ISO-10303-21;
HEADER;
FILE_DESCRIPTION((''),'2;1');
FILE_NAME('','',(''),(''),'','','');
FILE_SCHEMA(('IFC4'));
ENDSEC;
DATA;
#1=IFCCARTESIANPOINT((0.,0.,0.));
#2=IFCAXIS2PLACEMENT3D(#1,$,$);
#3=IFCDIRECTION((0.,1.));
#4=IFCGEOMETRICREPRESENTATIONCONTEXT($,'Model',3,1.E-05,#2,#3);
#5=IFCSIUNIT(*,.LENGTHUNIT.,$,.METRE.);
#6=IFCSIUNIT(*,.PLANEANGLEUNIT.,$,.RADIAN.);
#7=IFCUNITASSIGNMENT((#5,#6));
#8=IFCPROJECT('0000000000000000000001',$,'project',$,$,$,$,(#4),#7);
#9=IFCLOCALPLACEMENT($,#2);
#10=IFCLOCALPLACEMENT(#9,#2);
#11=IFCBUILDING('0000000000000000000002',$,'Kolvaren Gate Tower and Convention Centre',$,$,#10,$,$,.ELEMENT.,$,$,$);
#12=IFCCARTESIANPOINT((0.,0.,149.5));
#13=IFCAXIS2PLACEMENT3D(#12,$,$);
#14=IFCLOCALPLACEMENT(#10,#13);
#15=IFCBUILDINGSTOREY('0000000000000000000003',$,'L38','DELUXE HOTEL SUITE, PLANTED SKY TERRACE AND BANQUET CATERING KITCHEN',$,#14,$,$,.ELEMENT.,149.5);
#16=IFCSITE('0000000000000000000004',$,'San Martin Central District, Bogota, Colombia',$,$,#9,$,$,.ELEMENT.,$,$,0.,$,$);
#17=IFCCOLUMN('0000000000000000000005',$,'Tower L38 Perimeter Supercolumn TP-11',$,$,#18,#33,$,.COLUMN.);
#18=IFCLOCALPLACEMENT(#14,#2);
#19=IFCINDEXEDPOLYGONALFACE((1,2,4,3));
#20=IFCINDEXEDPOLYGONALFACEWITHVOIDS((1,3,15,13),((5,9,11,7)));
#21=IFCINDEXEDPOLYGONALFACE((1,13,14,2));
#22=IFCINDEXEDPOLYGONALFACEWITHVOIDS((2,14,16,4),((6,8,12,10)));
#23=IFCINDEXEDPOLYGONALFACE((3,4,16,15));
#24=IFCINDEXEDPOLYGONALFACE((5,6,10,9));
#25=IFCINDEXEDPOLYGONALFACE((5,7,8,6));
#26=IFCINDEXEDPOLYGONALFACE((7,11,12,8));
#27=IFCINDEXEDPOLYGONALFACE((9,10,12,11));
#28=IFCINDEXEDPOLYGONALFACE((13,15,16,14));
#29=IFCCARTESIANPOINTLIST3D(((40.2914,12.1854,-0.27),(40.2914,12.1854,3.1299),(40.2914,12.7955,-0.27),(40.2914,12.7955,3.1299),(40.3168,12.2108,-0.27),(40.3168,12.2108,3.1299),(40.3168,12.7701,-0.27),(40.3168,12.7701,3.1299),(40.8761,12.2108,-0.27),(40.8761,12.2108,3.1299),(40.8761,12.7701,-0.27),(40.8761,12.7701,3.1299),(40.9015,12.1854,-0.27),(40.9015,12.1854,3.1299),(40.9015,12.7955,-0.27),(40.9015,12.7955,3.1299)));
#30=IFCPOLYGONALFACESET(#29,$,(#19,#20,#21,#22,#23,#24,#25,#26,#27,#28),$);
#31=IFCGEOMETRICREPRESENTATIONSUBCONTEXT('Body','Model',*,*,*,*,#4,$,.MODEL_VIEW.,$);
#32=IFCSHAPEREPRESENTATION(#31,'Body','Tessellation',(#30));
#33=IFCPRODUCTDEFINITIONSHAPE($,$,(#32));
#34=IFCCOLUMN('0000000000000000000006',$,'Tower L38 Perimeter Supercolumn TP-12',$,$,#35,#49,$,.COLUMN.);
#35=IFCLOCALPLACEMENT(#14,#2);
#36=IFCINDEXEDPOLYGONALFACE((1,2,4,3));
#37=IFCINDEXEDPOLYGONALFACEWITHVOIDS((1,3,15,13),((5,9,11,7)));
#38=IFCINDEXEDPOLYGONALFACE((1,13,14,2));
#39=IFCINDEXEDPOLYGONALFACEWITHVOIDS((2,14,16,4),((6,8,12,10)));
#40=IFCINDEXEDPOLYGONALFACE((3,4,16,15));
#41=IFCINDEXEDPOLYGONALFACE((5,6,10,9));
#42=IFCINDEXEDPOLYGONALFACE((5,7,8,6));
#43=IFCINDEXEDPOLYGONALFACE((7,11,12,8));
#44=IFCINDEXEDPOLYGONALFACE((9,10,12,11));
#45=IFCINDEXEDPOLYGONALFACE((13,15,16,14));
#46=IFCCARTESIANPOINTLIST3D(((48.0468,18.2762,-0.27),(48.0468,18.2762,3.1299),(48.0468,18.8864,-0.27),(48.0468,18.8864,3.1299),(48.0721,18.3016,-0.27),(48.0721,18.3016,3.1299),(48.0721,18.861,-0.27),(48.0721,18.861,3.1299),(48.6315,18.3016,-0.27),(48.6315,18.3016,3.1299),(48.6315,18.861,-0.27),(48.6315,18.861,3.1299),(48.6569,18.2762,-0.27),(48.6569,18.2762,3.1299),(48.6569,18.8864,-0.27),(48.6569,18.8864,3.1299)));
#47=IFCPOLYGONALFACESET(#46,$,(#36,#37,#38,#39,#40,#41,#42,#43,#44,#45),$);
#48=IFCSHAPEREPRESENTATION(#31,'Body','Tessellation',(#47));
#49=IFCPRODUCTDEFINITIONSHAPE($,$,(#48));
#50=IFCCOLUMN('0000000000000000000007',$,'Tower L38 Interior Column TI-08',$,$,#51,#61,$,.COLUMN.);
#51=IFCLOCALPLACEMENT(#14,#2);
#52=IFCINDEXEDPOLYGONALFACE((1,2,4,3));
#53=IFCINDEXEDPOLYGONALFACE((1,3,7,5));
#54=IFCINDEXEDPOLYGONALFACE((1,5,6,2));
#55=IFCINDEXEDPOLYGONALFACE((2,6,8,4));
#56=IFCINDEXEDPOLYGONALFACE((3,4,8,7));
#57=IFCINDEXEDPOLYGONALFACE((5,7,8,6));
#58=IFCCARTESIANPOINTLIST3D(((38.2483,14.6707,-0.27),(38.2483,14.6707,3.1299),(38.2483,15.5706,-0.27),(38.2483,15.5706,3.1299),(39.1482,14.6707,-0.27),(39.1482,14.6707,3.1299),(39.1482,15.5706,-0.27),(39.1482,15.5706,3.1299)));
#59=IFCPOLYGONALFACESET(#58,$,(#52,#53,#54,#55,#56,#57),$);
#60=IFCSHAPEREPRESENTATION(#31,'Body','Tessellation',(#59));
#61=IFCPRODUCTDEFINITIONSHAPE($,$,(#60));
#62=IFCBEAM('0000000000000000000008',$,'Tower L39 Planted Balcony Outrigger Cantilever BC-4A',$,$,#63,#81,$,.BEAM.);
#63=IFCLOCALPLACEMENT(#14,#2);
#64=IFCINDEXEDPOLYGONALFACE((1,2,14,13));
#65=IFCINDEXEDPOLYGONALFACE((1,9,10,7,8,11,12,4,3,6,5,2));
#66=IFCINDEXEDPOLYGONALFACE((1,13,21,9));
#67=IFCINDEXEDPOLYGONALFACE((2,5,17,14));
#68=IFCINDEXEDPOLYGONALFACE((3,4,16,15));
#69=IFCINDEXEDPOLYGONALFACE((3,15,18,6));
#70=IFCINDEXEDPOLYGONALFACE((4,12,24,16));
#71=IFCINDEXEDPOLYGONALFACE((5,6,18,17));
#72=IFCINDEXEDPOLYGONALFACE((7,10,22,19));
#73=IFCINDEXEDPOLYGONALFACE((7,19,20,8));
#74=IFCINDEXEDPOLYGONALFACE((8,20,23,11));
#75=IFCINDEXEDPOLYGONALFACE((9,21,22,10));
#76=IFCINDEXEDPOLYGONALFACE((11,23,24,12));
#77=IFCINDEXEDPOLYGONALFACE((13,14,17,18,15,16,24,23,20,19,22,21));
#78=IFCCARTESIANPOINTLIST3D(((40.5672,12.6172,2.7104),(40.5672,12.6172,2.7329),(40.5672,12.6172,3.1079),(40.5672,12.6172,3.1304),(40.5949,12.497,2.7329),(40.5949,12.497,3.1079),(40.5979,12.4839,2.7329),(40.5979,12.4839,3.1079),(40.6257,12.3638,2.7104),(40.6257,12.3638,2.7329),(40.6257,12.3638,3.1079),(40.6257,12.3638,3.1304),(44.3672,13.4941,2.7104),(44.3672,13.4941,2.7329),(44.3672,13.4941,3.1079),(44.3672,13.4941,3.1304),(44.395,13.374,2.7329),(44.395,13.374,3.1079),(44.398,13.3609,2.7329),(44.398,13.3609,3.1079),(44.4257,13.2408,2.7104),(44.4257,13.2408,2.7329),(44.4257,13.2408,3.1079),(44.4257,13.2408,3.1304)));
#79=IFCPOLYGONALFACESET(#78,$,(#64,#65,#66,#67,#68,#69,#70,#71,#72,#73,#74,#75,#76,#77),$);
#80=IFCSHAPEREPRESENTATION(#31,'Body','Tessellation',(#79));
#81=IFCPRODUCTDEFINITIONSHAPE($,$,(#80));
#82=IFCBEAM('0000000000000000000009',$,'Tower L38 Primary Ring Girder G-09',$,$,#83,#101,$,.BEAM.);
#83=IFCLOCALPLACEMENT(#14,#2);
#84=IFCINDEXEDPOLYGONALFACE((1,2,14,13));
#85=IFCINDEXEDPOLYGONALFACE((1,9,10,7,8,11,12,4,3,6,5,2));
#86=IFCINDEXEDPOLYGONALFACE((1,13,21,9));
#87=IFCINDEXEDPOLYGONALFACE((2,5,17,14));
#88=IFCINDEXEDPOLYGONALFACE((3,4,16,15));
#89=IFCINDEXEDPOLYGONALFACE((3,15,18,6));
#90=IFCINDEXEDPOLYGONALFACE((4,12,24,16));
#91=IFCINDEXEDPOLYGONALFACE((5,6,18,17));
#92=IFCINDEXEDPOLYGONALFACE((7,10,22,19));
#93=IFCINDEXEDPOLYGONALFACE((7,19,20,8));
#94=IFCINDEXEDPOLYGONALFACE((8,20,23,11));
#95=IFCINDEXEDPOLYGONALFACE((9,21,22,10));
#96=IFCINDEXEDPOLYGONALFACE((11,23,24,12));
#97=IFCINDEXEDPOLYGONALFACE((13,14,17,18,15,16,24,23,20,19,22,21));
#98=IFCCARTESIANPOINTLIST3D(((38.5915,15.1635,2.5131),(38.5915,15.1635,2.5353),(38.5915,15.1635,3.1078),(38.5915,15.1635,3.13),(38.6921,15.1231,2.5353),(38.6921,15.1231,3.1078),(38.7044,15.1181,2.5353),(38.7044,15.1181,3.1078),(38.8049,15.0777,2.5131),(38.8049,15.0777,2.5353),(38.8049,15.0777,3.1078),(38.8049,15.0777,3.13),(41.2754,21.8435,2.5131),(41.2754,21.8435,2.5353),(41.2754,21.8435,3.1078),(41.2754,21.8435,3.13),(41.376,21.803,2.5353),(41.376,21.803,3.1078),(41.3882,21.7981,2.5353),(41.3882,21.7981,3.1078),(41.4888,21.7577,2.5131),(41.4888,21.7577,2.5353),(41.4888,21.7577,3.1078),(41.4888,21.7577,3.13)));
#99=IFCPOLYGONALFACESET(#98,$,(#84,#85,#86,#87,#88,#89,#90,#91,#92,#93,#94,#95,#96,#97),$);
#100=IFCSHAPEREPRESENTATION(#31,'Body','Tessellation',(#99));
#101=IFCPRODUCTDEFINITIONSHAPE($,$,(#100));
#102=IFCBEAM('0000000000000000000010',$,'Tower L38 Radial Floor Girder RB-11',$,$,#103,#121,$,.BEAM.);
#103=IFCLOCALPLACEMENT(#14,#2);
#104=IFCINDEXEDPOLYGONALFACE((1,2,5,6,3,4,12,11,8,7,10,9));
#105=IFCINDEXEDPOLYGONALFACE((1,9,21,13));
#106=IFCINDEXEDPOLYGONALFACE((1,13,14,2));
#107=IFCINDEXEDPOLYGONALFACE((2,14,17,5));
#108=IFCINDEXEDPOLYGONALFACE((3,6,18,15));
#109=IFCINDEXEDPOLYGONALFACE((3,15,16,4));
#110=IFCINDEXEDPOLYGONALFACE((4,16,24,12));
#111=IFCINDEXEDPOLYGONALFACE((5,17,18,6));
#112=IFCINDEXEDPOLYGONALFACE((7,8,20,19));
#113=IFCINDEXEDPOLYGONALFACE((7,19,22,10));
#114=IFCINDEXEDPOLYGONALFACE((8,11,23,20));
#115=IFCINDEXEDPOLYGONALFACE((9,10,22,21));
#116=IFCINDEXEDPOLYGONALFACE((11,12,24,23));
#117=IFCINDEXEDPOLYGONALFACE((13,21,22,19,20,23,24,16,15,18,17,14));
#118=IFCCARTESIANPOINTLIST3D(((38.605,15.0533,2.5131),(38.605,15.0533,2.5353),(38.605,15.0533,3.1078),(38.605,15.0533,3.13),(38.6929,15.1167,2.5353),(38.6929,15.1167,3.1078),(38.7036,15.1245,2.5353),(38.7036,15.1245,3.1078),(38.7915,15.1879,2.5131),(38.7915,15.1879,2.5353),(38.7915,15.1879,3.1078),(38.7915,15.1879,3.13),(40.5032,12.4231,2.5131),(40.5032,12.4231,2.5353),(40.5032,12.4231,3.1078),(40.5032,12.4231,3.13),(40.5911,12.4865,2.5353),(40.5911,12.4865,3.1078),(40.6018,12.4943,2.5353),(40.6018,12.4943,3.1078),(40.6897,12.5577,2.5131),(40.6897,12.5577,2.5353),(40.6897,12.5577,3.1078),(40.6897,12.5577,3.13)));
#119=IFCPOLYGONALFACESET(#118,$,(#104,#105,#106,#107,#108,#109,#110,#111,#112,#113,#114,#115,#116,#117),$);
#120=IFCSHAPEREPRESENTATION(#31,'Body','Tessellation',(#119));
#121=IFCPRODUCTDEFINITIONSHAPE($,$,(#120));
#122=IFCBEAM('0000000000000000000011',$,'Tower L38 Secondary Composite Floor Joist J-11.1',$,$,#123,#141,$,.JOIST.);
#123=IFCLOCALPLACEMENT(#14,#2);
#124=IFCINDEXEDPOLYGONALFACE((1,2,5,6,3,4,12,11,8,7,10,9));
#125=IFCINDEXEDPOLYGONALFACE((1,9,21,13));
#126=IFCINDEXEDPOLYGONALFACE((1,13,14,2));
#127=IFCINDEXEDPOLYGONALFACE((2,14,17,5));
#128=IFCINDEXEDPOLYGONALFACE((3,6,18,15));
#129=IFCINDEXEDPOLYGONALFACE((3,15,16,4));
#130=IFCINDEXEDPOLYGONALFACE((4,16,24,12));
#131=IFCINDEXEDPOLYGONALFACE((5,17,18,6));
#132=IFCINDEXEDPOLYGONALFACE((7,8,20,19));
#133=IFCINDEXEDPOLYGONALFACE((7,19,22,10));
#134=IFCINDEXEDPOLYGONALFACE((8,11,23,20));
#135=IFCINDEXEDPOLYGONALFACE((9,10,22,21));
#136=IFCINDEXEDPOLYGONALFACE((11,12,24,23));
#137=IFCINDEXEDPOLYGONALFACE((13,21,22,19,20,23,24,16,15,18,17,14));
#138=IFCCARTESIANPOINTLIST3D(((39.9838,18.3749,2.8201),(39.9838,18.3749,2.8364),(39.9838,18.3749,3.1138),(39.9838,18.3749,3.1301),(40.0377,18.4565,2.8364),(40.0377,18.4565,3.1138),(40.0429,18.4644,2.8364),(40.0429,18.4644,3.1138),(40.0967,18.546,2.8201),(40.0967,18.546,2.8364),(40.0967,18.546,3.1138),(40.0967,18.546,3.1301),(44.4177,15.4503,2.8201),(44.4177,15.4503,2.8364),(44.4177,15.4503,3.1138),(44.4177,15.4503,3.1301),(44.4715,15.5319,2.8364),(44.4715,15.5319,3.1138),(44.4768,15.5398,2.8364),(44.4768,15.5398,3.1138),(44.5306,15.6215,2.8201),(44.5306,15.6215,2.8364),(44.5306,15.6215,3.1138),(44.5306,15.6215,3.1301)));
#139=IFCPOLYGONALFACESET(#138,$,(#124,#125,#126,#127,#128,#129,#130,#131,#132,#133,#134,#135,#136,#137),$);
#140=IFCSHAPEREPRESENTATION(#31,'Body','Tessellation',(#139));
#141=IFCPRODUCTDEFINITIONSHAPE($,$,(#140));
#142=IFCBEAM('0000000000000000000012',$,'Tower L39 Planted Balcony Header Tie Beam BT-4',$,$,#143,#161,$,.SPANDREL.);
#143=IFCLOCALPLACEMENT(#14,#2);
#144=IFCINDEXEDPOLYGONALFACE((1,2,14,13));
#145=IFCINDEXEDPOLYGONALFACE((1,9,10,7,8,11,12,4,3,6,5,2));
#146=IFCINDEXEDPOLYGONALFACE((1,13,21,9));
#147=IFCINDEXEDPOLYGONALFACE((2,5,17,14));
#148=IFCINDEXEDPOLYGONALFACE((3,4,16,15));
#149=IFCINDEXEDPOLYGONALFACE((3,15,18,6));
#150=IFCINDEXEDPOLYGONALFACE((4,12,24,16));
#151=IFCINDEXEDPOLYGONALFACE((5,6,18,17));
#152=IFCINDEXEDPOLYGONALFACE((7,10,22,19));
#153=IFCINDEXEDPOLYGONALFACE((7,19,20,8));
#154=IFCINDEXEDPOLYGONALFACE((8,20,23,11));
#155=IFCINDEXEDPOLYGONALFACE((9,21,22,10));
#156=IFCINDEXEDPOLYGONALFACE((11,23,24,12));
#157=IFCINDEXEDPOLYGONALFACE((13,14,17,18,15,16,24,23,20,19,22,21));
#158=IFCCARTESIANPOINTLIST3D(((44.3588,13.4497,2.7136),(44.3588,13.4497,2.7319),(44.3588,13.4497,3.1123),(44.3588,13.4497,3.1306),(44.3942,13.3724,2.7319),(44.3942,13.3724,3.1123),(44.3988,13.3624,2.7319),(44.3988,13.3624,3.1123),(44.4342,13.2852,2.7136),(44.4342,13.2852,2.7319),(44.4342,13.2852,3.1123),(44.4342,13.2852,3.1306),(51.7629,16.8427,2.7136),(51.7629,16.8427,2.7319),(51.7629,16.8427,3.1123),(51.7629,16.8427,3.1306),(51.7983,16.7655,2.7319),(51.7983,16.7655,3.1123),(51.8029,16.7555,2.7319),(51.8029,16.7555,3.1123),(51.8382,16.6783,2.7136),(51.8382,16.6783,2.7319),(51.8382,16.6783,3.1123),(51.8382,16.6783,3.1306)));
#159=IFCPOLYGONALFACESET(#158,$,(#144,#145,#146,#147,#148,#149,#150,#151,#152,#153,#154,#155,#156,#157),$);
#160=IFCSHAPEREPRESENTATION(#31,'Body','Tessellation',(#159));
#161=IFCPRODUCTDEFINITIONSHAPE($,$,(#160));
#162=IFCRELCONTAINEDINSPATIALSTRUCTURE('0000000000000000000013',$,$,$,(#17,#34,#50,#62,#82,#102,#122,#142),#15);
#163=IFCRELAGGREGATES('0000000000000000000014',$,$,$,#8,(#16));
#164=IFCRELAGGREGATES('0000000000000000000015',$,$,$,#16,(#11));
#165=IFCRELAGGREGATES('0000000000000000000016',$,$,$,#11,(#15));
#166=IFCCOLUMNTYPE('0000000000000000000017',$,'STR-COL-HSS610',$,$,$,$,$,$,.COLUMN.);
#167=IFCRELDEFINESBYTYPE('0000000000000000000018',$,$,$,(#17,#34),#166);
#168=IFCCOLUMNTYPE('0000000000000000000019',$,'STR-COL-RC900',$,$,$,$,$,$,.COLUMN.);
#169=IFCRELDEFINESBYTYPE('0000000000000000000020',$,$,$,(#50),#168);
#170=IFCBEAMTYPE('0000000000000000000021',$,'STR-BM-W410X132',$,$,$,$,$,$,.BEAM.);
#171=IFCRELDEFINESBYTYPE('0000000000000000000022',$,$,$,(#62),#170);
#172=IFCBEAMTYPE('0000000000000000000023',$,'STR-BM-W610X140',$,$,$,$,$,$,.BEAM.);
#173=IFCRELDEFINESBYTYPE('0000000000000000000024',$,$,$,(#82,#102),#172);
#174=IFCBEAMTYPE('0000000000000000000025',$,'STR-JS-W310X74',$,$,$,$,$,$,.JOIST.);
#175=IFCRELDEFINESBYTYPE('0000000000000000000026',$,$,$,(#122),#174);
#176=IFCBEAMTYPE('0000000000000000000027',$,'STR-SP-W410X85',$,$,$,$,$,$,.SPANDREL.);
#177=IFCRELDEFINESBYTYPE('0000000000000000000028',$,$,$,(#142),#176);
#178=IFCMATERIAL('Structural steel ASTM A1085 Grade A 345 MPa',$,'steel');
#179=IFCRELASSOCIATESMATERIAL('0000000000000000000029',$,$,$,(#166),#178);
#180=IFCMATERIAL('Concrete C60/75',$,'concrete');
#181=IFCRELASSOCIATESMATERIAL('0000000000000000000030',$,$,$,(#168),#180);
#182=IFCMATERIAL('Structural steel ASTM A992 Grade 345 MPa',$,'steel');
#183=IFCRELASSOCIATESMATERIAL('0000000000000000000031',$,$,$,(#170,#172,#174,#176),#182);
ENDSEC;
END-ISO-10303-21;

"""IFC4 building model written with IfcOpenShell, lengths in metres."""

from ifc_helpers import new_model, si_unit, direction, frame, origin, origin_2d, place, context, subcontext, project, spatial, rectangle, hollow_rectangle, i_section, extrude, material, material_profile, profile_set, type_object, element, save


model = new_model("IFC4")

# Units and contexts
model_context = context("Model", 3, precision=1e-05, world=origin(), true_north=direction((0.0, 1.0)))
body_context = subcontext(model_context, "Body", "Model", "MODEL_VIEW")
ifc_project = project(units=[si_unit("LENGTHUNIT", "METRE"), si_unit("PLANEANGLEUNIT", "RADIAN")], contexts=[model_context])

# Site, building, storey
site_placement = place(None, origin())
site = spatial("IfcSite", under=ifc_project, at=site_placement, Name="San Martin Central District, Bogota, Colombia", CompositionType="ELEMENT", RefElevation=0.0)
building_placement = place(site_placement, origin())
building = spatial("IfcBuilding", under=site, at=building_placement, Name="Kolvaren Gate Tower and Convention Centre", CompositionType="ELEMENT")
storey_placement = place(building_placement, frame((0.0, 0.0, 149.5)))
storey = spatial("IfcBuildingStorey", under=building, at=storey_placement, Name="L38", Description="DELUXE HOTEL SUITE, PLANTED SKY TERRACE AND BANQUET CATERING KITCHEN", CompositionType="ELEMENT", Elevation=149.5)

# Columns
ifc_material_1 = material(Name="Structural steel ASTM A1085 Grade A 345 MPa", Category="steel")
ifc_material_profile_1 = material_profile(ifc_material_1, hollow_rectangle(XDim=0.6101, YDim=0.6101, WallThickness=0.0254, at=origin_2d()), Name="HSS610X610X25.4")
ifc_profile_set_1 = profile_set([ifc_material_profile_1], Name="Structural steel ASTM A1085 Grade A 345 MPa")
column_type_1 = type_object("IfcColumnType", Name="STR-COL-HSS610", PredefinedType="COLUMN", material=ifc_profile_set_1)
for number, where, z_axis, x_axis, name in (
    (1, (40.5964, 12.4905, -0.27), (0.0, 0.0, 1.0), (1.0, 0.0, 0.0), "Tower L38 Perimeter Supercolumn TP-11"),
    (2, (48.3518, 18.5813, -0.27), (0.0, 0.0, 1.0), (1.0, 0.0, 0.0), "Tower L38 Perimeter Supercolumn TP-12"),
):
    element("IfcColumn", number, at=place(storey_placement, frame(where, z_axis=z_axis, x_axis=x_axis)), inside=storey, type_object=column_type_1, Name=name, PredefinedType="COLUMN", context=body_context, shape_type="SweptSolid", body=[
        extrude(hollow_rectangle(XDim=0.6101, YDim=0.6101, WallThickness=0.0254, at=origin_2d()), origin(), (0.0, 0.0, 1.0), 3.3999),
    ])
ifc_material_2 = material(Name="Concrete C60/75", Category="concrete")
ifc_material_profile_2 = material_profile(ifc_material_2, rectangle(XDim=0.8999, YDim=0.8999, at=origin_2d()), Name="RC-COL-900X900")
ifc_profile_set_2 = profile_set([ifc_material_profile_2], Name="Concrete C60/75")
column_type_2 = type_object("IfcColumnType", Name="STR-COL-RC900", PredefinedType="COLUMN", material=ifc_profile_set_2)
column_placement = place(storey_placement, frame((38.6982, 15.1206, -0.27), z_axis=(0.0, 0.0, 1.0), x_axis=(1.0, 0.0, 0.0)))
element("IfcColumn", 3, at=column_placement, inside=storey, type_object=column_type_2, Name="Tower L38 Interior Column TI-08", PredefinedType="COLUMN", context=body_context, shape_type="SweptSolid", body=[
    extrude(rectangle(XDim=0.8999, YDim=0.8999, at=origin_2d()), origin(), (0.0, 0.0, 1.0), 3.3999),
])

# Beams
ifc_material_3 = material(Name="Structural steel ASTM A992 Grade 345 MPa", Category="steel")
ifc_material_profile_3 = material_profile(ifc_material_3, i_section(OverallWidth=0.26, OverallDepth=0.4199, WebThickness=0.0134, FlangeThickness=0.0225, at=origin_2d()), Name="W410X132")
ifc_profile_set_3 = profile_set([ifc_material_profile_3], Name="Structural steel ASTM A992 Grade 345 MPa")
beam_type_1 = type_object("IfcBeamType", Name="STR-BM-W410X132", PredefinedType="BEAM", material=ifc_profile_set_3)
beam_1_placement = place(storey_placement, frame((40.5964, 12.4905, 2.9204), z_axis=(0.97439, 0.224864, 0.0), x_axis=(-0.224864, 0.97439, 0.0)))
element("IfcBeam", 4, at=beam_1_placement, inside=storey, type_object=beam_type_1, Name="Tower L39 Planted Balcony Outrigger Cantilever BC-4A", PredefinedType="BEAM", context=body_context, shape_type="SweptSolid", body=[
    extrude(i_section(OverallWidth=0.26, OverallDepth=0.4199, WebThickness=0.0134, FlangeThickness=0.0225, at=origin_2d()), origin(), (0.0, 0.0, 1.0), 3.8999),
])
ifc_material_profile_4 = material_profile(ifc_material_3, i_section(OverallWidth=0.23, OverallDepth=0.6169, WebThickness=0.0132, FlangeThickness=0.0222, at=origin_2d()), Name="W610X140")
ifc_profile_set_4 = profile_set([ifc_material_profile_4], Name="Structural steel ASTM A992 Grade 345 MPa")
beam_type_2 = type_object("IfcBeamType", Name="STR-BM-W610X140", PredefinedType="BEAM", material=ifc_profile_set_4)
beam_2_placement = place(storey_placement, frame((38.6982, 15.1206, 2.8215), z_axis=(0.372811, 0.927907, 0.0), x_axis=(-0.927907, 0.372811, 0.0)))
element("IfcBeam", 5, at=beam_2_placement, inside=storey, type_object=beam_type_2, Name="Tower L38 Primary Ring Girder G-09", PredefinedType="BEAM", context=body_context, shape_type="SweptSolid", body=[
    extrude(i_section(OverallWidth=0.23, OverallDepth=0.6169, WebThickness=0.0132, FlangeThickness=0.0222, at=origin_2d()), origin(), (0.0, 0.0, 1.0), 7.199),
])
beam_3_placement = place(storey_placement, frame((38.6982, 15.1206, 2.8215), z_axis=(0.585218, -0.810876, 0.0), x_axis=(0.810876, 0.585218, 0.0)))
element("IfcBeam", 6, at=beam_3_placement, inside=storey, type_object=beam_type_2, Name="Tower L38 Radial Floor Girder RB-11", PredefinedType="BEAM", context=body_context, shape_type="SweptSolid", body=[
    extrude(i_section(OverallWidth=0.23, OverallDepth=0.6169, WebThickness=0.0132, FlangeThickness=0.0222, at=origin_2d()), origin(), (0.0, 0.0, 1.0), 3.2437),
])
ifc_material_profile_5 = material_profile(ifc_material_3, i_section(OverallWidth=0.2051, OverallDepth=0.3101, WebThickness=0.0095, FlangeThickness=0.0164, at=origin_2d()), Name="W310X74")
ifc_profile_set_5 = profile_set([ifc_material_profile_5], Name="Structural steel ASTM A992 Grade 345 MPa")
beam_type_3 = type_object("IfcBeamType", Name="STR-JS-W310X74", PredefinedType="JOIST", material=ifc_profile_set_5)
beam_4_placement = place(storey_placement, frame((40.0403, 18.4604, 2.9751), z_axis=(0.834763, -0.55061, 0.0), x_axis=(0.55061, 0.834763, 0.0)))
element("IfcBeam", 7, at=beam_4_placement, inside=storey, type_object=beam_type_3, Name="Tower L38 Secondary Composite Floor Joist J-11.1", PredefinedType="JOIST", context=body_context, shape_type="SweptSolid", body=[
    extrude(i_section(OverallWidth=0.2051, OverallDepth=0.3101, WebThickness=0.0095, FlangeThickness=0.0164, at=origin_2d()), origin(), (0.0, 0.0, 1.0), 5.3115),
])
ifc_material_profile_6 = material_profile(ifc_material_3, i_section(OverallWidth=0.1809, OverallDepth=0.417, WebThickness=0.011, FlangeThickness=0.0183, at=origin_2d()), Name="W410X85")
ifc_profile_set_6 = profile_set([ifc_material_profile_6], Name="Structural steel ASTM A992 Grade 345 MPa")
beam_type_4 = type_object("IfcBeamType", Name="STR-SP-W410X85", PredefinedType="SPANDREL", material=ifc_profile_set_6)
beam_5_placement = place(storey_placement, frame((44.3965, 13.3674, 2.9221), z_axis=(0.909086, 0.416608, 0.0), x_axis=(-0.416608, 0.909086, 0.0)))
element("IfcBeam", 8, at=beam_5_placement, inside=storey, type_object=beam_type_4, Name="Tower L39 Planted Balcony Header Tie Beam BT-4", PredefinedType="SPANDREL", context=body_context, shape_type="SweptSolid", body=[
    extrude(i_section(OverallWidth=0.1809, OverallDepth=0.417, WebThickness=0.011, FlangeThickness=0.0183, at=origin_2d()), origin(), (0.0, 0.0, 1.0), 8.1445),
])

save(model, "model.ifc")
